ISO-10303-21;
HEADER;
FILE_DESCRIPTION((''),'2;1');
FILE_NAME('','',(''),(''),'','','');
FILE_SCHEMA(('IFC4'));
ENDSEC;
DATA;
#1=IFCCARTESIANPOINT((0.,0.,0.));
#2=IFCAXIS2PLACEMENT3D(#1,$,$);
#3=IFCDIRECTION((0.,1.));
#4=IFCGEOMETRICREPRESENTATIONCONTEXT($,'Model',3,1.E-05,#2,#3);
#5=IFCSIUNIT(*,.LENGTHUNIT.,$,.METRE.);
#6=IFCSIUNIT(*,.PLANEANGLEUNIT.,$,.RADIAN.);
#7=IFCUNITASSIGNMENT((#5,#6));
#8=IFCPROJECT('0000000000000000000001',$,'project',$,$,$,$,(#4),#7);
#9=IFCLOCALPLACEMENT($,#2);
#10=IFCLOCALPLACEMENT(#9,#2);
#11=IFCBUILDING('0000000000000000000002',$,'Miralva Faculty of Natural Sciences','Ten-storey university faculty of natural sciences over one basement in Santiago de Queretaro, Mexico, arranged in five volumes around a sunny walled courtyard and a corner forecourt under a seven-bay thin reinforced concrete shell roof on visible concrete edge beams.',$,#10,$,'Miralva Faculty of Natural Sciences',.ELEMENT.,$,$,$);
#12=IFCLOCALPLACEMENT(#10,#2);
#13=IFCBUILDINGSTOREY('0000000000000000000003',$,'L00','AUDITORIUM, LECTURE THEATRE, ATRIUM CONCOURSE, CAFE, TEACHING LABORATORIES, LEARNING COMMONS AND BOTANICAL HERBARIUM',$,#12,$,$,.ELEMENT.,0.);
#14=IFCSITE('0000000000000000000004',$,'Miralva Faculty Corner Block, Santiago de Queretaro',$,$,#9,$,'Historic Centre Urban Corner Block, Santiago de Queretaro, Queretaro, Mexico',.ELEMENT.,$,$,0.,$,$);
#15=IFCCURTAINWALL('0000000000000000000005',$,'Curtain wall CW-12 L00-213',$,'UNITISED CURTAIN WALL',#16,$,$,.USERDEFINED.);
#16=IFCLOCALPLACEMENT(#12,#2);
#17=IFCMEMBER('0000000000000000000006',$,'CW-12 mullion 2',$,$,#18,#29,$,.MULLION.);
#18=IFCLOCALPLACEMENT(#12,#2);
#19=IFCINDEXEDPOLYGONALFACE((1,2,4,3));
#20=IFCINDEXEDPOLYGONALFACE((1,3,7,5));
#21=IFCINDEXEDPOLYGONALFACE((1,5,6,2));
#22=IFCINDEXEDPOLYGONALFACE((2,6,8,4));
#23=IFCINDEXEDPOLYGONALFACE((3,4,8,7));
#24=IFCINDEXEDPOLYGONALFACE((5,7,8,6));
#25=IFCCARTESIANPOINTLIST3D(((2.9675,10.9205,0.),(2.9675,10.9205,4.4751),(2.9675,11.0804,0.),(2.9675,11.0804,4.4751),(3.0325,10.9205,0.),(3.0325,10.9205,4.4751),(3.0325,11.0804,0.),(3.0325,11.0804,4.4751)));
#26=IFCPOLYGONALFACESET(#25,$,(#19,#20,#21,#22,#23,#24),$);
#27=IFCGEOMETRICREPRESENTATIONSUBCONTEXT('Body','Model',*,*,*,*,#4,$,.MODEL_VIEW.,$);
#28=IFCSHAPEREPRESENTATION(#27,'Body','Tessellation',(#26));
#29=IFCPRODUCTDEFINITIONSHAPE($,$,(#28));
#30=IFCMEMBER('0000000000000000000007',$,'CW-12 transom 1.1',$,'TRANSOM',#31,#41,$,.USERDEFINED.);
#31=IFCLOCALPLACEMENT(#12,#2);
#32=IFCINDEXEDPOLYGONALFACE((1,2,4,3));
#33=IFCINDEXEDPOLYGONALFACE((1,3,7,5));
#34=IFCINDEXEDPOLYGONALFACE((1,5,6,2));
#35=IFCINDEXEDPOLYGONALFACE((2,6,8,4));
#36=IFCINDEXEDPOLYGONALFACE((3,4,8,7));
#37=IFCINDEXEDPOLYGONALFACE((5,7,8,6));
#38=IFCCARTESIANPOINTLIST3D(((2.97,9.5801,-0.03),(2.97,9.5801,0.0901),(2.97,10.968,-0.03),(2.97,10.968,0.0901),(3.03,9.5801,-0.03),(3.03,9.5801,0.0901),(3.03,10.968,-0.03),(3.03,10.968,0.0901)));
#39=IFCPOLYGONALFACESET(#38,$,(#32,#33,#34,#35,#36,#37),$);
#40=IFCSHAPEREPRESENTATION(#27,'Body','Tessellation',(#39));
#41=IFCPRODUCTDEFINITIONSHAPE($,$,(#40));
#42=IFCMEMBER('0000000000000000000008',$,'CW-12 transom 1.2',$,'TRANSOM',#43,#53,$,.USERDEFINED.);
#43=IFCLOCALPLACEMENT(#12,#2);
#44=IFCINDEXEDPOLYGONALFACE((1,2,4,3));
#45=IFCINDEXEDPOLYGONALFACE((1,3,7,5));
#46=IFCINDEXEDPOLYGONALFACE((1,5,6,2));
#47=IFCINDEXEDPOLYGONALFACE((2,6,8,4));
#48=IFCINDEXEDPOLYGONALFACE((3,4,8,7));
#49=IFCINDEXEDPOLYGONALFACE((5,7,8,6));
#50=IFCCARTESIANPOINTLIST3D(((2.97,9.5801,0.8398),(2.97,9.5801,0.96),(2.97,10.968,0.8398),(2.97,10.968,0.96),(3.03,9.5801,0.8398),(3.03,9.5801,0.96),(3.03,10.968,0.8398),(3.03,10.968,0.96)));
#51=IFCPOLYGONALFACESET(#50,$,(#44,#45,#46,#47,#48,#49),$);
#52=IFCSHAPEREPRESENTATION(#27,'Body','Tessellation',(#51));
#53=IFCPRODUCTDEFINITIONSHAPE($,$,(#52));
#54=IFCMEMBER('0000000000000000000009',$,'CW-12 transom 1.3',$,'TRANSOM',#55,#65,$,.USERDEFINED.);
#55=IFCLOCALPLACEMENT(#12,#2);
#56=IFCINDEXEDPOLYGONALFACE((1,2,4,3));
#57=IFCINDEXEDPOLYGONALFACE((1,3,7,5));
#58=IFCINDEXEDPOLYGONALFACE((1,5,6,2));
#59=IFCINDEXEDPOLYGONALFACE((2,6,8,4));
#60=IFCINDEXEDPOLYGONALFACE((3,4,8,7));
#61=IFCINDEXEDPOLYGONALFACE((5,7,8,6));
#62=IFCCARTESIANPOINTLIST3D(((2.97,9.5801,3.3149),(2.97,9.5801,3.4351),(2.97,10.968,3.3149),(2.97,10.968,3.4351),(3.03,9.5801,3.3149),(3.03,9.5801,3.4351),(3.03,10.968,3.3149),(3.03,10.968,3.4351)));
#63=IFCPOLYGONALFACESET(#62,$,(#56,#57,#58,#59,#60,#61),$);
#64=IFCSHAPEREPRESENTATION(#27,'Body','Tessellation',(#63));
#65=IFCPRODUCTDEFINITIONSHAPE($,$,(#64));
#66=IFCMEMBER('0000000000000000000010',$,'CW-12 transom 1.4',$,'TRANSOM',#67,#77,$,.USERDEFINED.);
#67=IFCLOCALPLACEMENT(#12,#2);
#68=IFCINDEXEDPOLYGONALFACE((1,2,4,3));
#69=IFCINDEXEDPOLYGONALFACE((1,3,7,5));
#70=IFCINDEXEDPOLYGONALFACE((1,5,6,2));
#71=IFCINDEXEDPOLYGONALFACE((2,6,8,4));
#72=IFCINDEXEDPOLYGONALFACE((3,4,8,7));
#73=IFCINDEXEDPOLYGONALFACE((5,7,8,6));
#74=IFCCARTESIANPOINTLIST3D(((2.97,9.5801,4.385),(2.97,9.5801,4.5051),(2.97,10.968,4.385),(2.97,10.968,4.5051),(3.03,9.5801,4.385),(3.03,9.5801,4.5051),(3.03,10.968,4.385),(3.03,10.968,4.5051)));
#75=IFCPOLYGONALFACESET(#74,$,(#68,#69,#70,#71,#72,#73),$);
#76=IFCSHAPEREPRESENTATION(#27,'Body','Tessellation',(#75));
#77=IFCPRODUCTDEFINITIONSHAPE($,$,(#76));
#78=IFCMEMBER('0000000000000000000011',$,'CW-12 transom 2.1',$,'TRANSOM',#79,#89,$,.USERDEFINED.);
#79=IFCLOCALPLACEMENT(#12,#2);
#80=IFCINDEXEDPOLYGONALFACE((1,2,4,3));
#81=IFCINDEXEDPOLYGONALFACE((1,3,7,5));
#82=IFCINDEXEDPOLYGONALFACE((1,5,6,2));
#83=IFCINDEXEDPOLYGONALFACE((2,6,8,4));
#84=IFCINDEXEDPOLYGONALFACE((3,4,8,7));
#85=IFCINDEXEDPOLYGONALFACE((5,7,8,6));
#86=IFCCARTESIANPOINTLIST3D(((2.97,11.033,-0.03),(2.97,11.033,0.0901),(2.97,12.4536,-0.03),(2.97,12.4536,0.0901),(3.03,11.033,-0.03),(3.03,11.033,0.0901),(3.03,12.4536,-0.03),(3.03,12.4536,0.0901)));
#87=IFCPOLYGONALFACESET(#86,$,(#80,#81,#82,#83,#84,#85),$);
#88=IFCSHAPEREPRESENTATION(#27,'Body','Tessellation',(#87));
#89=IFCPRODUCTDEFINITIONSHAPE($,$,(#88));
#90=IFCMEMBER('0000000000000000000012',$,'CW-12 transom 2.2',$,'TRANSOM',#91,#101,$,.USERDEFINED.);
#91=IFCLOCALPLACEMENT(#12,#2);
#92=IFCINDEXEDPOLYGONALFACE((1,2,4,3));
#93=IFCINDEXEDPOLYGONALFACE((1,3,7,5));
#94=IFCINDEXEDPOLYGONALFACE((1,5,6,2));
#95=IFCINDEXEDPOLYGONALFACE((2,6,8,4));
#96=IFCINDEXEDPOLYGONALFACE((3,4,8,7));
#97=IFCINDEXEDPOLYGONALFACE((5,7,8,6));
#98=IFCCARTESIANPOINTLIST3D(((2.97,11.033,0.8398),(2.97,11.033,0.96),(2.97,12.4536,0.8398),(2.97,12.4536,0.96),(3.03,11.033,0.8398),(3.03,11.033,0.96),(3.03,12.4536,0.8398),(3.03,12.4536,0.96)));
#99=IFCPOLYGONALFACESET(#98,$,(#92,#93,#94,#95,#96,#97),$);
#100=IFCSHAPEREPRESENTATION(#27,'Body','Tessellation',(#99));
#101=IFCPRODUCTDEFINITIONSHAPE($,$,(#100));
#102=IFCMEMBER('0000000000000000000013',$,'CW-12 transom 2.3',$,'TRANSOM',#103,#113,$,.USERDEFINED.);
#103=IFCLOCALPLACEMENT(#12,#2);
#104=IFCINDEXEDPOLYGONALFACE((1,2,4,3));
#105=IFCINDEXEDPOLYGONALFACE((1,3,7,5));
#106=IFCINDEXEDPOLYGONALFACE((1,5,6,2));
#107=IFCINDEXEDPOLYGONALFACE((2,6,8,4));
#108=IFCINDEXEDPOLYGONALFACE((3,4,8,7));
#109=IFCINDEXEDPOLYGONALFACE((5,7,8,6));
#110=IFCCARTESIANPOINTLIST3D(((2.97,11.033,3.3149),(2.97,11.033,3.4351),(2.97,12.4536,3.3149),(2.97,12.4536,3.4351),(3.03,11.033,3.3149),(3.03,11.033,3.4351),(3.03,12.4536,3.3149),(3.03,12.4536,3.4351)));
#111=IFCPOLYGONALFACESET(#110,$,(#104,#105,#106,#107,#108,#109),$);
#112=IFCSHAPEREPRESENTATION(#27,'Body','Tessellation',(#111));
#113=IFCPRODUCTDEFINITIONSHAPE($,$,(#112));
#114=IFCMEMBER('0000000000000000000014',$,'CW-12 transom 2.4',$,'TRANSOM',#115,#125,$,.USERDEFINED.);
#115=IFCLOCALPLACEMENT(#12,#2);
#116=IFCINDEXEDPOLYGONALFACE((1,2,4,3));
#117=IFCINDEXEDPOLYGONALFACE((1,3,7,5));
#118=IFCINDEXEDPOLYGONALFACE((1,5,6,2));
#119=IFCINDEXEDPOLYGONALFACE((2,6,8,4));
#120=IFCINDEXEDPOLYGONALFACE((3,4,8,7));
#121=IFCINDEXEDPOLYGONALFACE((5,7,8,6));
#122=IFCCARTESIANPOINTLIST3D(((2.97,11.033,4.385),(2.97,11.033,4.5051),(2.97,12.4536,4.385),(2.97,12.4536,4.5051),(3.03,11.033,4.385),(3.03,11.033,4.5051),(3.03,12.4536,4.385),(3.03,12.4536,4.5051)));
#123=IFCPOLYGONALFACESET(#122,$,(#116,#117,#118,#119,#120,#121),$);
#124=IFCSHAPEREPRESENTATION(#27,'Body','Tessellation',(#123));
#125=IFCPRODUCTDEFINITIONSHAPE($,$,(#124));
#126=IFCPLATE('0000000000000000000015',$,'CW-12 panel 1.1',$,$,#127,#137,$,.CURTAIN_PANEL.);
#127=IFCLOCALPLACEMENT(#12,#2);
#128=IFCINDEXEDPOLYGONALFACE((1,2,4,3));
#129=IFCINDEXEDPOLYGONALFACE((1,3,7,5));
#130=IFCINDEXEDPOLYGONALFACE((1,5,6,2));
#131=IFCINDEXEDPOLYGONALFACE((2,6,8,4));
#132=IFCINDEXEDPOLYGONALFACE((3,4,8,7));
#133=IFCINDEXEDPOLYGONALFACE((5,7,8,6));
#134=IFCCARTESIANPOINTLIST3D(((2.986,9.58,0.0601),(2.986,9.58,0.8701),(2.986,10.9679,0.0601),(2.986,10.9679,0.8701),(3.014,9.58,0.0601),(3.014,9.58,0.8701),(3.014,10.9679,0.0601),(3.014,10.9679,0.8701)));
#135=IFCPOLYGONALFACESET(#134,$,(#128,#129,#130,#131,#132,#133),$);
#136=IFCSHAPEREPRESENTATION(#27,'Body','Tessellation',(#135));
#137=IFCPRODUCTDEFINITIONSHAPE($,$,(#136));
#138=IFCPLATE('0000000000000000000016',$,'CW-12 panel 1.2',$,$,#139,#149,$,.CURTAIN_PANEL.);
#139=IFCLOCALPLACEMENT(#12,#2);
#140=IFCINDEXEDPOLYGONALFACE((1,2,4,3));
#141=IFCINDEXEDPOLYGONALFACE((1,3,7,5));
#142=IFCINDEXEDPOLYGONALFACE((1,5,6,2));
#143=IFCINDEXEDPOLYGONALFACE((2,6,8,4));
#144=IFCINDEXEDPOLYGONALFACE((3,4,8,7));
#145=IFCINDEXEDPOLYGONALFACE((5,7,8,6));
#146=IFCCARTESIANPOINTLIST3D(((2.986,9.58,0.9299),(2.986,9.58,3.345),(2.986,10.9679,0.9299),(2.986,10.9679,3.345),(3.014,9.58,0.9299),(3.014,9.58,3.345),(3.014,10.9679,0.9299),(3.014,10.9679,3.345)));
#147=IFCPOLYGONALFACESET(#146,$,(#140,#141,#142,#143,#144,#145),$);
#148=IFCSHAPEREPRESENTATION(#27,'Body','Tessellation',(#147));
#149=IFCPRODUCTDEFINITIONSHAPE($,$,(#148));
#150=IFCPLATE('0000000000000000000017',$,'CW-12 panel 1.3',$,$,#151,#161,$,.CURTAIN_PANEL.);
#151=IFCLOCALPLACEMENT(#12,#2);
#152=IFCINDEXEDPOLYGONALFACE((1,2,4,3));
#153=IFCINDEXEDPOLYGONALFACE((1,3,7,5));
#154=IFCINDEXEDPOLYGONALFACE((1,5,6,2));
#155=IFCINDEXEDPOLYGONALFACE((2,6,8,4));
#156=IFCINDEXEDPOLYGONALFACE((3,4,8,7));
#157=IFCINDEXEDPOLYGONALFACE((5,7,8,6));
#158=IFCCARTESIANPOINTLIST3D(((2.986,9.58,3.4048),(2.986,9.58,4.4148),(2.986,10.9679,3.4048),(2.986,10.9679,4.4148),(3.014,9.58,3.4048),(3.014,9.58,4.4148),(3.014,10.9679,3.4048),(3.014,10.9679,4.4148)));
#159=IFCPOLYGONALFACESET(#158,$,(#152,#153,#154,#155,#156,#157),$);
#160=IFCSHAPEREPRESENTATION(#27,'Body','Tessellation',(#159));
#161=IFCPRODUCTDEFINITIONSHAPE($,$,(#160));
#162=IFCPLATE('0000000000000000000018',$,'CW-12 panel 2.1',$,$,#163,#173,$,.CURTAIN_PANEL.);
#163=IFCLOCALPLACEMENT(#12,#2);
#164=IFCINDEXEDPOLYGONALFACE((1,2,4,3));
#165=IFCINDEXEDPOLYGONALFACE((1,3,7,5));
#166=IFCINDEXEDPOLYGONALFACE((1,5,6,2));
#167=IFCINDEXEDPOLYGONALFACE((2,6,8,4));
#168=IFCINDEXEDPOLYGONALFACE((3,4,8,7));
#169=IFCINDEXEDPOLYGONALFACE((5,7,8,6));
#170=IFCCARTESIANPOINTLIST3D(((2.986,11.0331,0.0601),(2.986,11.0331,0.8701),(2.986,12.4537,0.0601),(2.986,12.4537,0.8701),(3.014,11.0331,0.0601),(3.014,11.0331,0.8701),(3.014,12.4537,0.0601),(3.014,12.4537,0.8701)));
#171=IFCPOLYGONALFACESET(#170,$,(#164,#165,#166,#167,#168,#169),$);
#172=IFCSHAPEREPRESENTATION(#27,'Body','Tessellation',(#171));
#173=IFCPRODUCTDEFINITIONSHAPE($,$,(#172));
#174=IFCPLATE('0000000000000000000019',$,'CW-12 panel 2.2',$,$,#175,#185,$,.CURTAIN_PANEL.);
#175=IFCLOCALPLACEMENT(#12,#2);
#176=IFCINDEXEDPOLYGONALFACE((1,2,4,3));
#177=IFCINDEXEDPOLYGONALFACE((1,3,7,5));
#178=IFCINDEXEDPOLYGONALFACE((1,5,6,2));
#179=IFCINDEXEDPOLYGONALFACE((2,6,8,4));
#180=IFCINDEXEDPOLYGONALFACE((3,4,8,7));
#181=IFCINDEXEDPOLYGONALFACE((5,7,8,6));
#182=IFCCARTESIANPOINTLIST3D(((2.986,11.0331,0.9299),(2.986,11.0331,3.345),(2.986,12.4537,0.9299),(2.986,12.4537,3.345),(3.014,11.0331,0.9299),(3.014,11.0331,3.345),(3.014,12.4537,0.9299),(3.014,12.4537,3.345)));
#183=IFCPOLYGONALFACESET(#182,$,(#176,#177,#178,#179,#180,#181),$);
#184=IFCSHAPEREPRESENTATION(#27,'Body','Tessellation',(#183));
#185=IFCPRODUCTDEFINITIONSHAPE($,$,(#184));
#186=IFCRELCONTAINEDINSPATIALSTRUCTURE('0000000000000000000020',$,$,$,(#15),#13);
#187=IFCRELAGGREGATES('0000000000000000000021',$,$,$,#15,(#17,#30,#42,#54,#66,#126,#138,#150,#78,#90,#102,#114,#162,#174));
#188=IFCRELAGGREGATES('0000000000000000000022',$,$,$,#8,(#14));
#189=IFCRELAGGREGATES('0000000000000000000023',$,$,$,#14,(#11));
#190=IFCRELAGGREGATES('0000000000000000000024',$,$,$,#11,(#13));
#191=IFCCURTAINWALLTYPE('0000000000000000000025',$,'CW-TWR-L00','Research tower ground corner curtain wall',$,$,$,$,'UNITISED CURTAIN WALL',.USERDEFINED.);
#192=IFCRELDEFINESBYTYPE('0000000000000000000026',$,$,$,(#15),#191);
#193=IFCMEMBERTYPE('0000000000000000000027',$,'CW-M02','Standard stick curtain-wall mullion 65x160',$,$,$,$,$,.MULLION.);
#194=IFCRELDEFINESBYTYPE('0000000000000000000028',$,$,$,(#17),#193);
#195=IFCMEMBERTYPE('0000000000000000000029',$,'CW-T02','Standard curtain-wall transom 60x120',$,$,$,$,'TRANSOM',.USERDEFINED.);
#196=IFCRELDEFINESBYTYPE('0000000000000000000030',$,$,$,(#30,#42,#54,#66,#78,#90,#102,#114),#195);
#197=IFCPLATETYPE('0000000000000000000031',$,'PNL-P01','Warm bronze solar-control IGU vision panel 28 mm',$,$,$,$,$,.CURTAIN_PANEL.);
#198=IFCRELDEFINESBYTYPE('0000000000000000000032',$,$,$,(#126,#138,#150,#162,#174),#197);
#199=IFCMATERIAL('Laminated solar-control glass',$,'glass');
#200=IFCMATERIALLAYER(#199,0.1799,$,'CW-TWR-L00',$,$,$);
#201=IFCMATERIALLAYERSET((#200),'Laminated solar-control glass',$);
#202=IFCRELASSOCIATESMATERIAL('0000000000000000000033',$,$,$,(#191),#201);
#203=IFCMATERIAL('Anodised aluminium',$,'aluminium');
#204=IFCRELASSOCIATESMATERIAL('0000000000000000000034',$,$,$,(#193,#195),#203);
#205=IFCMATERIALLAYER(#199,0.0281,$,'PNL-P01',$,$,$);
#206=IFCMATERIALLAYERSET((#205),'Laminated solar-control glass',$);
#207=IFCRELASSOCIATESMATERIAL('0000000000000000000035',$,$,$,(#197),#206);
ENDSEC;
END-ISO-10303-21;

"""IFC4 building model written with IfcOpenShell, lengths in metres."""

from ifc_helpers import new_model, si_unit, direction, frame, origin, origin_2d, place, context, subcontext, project, spatial, rectangle, extrude, material, layer, layer_set, material_profile, profile_set, type_object, element, aggregate, save


model = new_model("IFC4")

# Units and contexts
model_context = context("Model", 3, precision=1e-05, world=origin(), true_north=direction((0.0, 1.0)))
body_context = subcontext(model_context, "Body", "Model", "MODEL_VIEW")
ifc_project = project(units=[si_unit("LENGTHUNIT", "METRE"), si_unit("PLANEANGLEUNIT", "RADIAN")], contexts=[model_context])

# Site, building, storey
site_placement = place(None, origin())
site = spatial("IfcSite", under=ifc_project, at=site_placement, Name="Miralva Faculty Corner Block, Santiago de Queretaro", LongName="Historic Centre Urban Corner Block, Santiago de Queretaro, Queretaro, Mexico", CompositionType="ELEMENT", RefElevation=0.0)
building_placement = place(site_placement, origin())
building = spatial("IfcBuilding", under=site, at=building_placement, Name="Miralva Faculty of Natural Sciences", Description="Ten-storey university faculty of natural sciences over one basement in Santiago de Queretaro, Mexico, arranged in five volumes around a sunny walled courtyard and a corner forecourt under a seven-bay thin reinforced concrete shell roof on visible concrete edge beams.", LongName="Miralva Faculty of Natural Sciences", CompositionType="ELEMENT")
storey_placement = place(building_placement, origin())
storey = spatial("IfcBuildingStorey", under=building, at=storey_placement, Name="L00", Description="AUDITORIUM, LECTURE THEATRE, ATRIUM CONCOURSE, CAFE, TEACHING LABORATORIES, LEARNING COMMONS AND BOTANICAL HERBARIUM", CompositionType="ELEMENT", Elevation=0.0)

# Curtain wall, members, plates
ifc_material_1 = material(Name="Laminated solar-control glass", Category="glass")
ifc_layer_1 = layer(ifc_material_1, 0.1799, Name="CW-TWR-L00")
ifc_layer_set_1 = layer_set([ifc_layer_1], Name="Laminated solar-control glass")
curtain_wall_type = type_object("IfcCurtainWallType", Name="CW-TWR-L00", Description="Research tower ground corner curtain wall", ElementType="UNITISED CURTAIN WALL", PredefinedType="USERDEFINED", material=ifc_layer_set_1)
curtain_wall_placement = place(storey_placement, origin())
curtain_wall = element("IfcCurtainWall", 1, at=curtain_wall_placement, inside=storey, type_object=curtain_wall_type, Name="Curtain wall CW-12 L00-213", ObjectType="UNITISED CURTAIN WALL", PredefinedType="USERDEFINED")
ifc_material_2 = material(Name="Anodised aluminium", Category="aluminium")
ifc_material_profile_1 = material_profile(ifc_material_2, rectangle(XDim=0.0649, YDim=0.1599, at=origin_2d()), Name="MULLION 65x160")
ifc_profile_set_1 = profile_set([ifc_material_profile_1], Name="Anodised aluminium")
member_type_1 = type_object("IfcMemberType", Name="CW-M02", Description="Standard stick curtain-wall mullion 65x160", PredefinedType="MULLION", material=ifc_profile_set_1)
member_1_placement = place(storey_placement, frame((3.0, 11.0005, 0.0), z_axis=(0.0, 0.0, 1.0), x_axis=(-1.0, 0.0, 0.0)))
member_1 = element("IfcMember", 2, at=member_1_placement, type_object=member_type_1, Name="CW-12 mullion 2", PredefinedType="MULLION", context=body_context, shape_type="SweptSolid", body=[
    extrude(rectangle(XDim=0.0649, YDim=0.1599, at=origin_2d()), origin(), (0.0, 0.0, 1.0), 4.4751),
])
ifc_material_profile_2 = material_profile(ifc_material_2, rectangle(XDim=0.0601, YDim=0.1201, at=origin_2d()), Name="TRANSOM 60x120")
ifc_profile_set_2 = profile_set([ifc_material_profile_2], Name="Anodised aluminium")
member_type_2 = type_object("IfcMemberType", Name="CW-T02", Description="Standard curtain-wall transom 60x120", ElementType="TRANSOM", PredefinedType="USERDEFINED", material=ifc_profile_set_2)
member_2_placement = place(storey_placement, frame((3.0, 9.5801, 0.03), z_axis=(0.0, 1.0, 0.0), x_axis=(-1.0, 0.0, 0.0)))
member_2 = element("IfcMember", 3, at=member_2_placement, type_object=member_type_2, Name="CW-12 transom 1.1", ObjectType="TRANSOM", PredefinedType="USERDEFINED", context=body_context, shape_type="SweptSolid", body=[
    extrude(rectangle(XDim=0.0601, YDim=0.1201, at=origin_2d()), origin(), (0.0, 0.0, 1.0), 1.3879),
])
member_3_placement = place(storey_placement, frame((3.0, 9.5801, 0.8999), z_axis=(0.0, 1.0, 0.0), x_axis=(-1.0, 0.0, 0.0)))
member_3 = element("IfcMember", 4, at=member_3_placement, type_object=member_type_2, Name="CW-12 transom 1.2", ObjectType="TRANSOM", PredefinedType="USERDEFINED", context=body_context, shape_type="SweptSolid", body=[
    extrude(rectangle(XDim=0.0601, YDim=0.1201, at=origin_2d()), origin(), (0.0, 0.0, 1.0), 1.3879),
])
member_4_placement = place(storey_placement, frame((3.0, 9.5801, 3.375), z_axis=(0.0, 1.0, 0.0), x_axis=(-1.0, 0.0, 0.0)))
member_4 = element("IfcMember", 5, at=member_4_placement, type_object=member_type_2, Name="CW-12 transom 1.3", ObjectType="TRANSOM", PredefinedType="USERDEFINED", context=body_context, shape_type="SweptSolid", body=[
    extrude(rectangle(XDim=0.0601, YDim=0.1201, at=origin_2d()), origin(), (0.0, 0.0, 1.0), 1.3879),
])
member_5_placement = place(storey_placement, frame((3.0, 9.5801, 4.4451), z_axis=(0.0, 1.0, 0.0), x_axis=(-1.0, 0.0, 0.0)))
member_5 = element("IfcMember", 6, at=member_5_placement, type_object=member_type_2, Name="CW-12 transom 1.4", ObjectType="TRANSOM", PredefinedType="USERDEFINED", context=body_context, shape_type="SweptSolid", body=[
    extrude(rectangle(XDim=0.0601, YDim=0.1201, at=origin_2d()), origin(), (0.0, 0.0, 1.0), 1.3879),
])
member_6_placement = place(storey_placement, frame((3.0, 11.033, 0.03), z_axis=(0.0, 1.0, 0.0), x_axis=(-1.0, 0.0, 0.0)))
member_6 = element("IfcMember", 7, at=member_6_placement, type_object=member_type_2, Name="CW-12 transom 2.1", ObjectType="TRANSOM", PredefinedType="USERDEFINED", context=body_context, shape_type="SweptSolid", body=[
    extrude(rectangle(XDim=0.0601, YDim=0.1201, at=origin_2d()), origin(), (0.0, 0.0, 1.0), 1.4207),
])
member_7_placement = place(storey_placement, frame((3.0, 11.033, 0.8999), z_axis=(0.0, 1.0, 0.0), x_axis=(-1.0, 0.0, 0.0)))
member_7 = element("IfcMember", 8, at=member_7_placement, type_object=member_type_2, Name="CW-12 transom 2.2", ObjectType="TRANSOM", PredefinedType="USERDEFINED", context=body_context, shape_type="SweptSolid", body=[
    extrude(rectangle(XDim=0.0601, YDim=0.1201, at=origin_2d()), origin(), (0.0, 0.0, 1.0), 1.4207),
])
member_8_placement = place(storey_placement, frame((3.0, 11.033, 3.375), z_axis=(0.0, 1.0, 0.0), x_axis=(-1.0, 0.0, 0.0)))
member_8 = element("IfcMember", 9, at=member_8_placement, type_object=member_type_2, Name="CW-12 transom 2.3", ObjectType="TRANSOM", PredefinedType="USERDEFINED", context=body_context, shape_type="SweptSolid", body=[
    extrude(rectangle(XDim=0.0601, YDim=0.1201, at=origin_2d()), origin(), (0.0, 0.0, 1.0), 1.4207),
])
member_9_placement = place(storey_placement, frame((3.0, 11.033, 4.4451), z_axis=(0.0, 1.0, 0.0), x_axis=(-1.0, 0.0, 0.0)))
member_9 = element("IfcMember", 10, at=member_9_placement, type_object=member_type_2, Name="CW-12 transom 2.4", ObjectType="TRANSOM", PredefinedType="USERDEFINED", context=body_context, shape_type="SweptSolid", body=[
    extrude(rectangle(XDim=0.0601, YDim=0.1201, at=origin_2d()), origin(), (0.0, 0.0, 1.0), 1.4207),
])
ifc_layer_2 = layer(ifc_material_1, 0.0281, Name="PNL-P01")
ifc_layer_set_2 = layer_set([ifc_layer_2], Name="Laminated solar-control glass")
plate_type = type_object("IfcPlateType", Name="PNL-P01", Description="Warm bronze solar-control IGU vision panel 28 mm", PredefinedType="CURTAIN_PANEL", material=ifc_layer_set_2)
plate_1_placement = place(storey_placement, frame((3.0, 10.2739, 0.0601), z_axis=(0.0, 0.0, 1.0), x_axis=(0.0, 1.0, 0.0)))
plate_1 = element("IfcPlate", 11, at=plate_1_placement, type_object=plate_type, Name="CW-12 panel 1.1", PredefinedType="CURTAIN_PANEL", context=body_context, shape_type="SweptSolid", body=[
    extrude(rectangle(XDim=1.3879, YDim=0.0281, at=origin_2d()), origin(), (0.0, 0.0, 1.0), 0.8101),
])
plate_2_placement = place(storey_placement, frame((3.0, 10.2739, 0.9299), z_axis=(0.0, 0.0, 1.0), x_axis=(0.0, 1.0, 0.0)))
plate_2 = element("IfcPlate", 12, at=plate_2_placement, type_object=plate_type, Name="CW-12 panel 1.2", PredefinedType="CURTAIN_PANEL", context=body_context, shape_type="SweptSolid", body=[
    extrude(rectangle(XDim=1.3879, YDim=0.0281, at=origin_2d()), origin(), (0.0, 0.0, 1.0), 2.415),
])
plate_3_placement = place(storey_placement, frame((3.0, 10.2739, 3.4048), z_axis=(0.0, 0.0, 1.0), x_axis=(0.0, 1.0, 0.0)))
plate_3 = element("IfcPlate", 13, at=plate_3_placement, type_object=plate_type, Name="CW-12 panel 1.3", PredefinedType="CURTAIN_PANEL", context=body_context, shape_type="SweptSolid", body=[
    extrude(rectangle(XDim=1.3879, YDim=0.0281, at=origin_2d()), origin(), (0.0, 0.0, 1.0), 1.01),
])
plate_4_placement = place(storey_placement, frame((3.0, 11.7434, 0.0601), z_axis=(0.0, 0.0, 1.0), x_axis=(0.0, 1.0, 0.0)))
plate_4 = element("IfcPlate", 14, at=plate_4_placement, type_object=plate_type, Name="CW-12 panel 2.1", PredefinedType="CURTAIN_PANEL", context=body_context, shape_type="SweptSolid", body=[
    extrude(rectangle(XDim=1.4207, YDim=0.0281, at=origin_2d()), origin(), (0.0, 0.0, 1.0), 0.8101),
])
plate_5_placement = place(storey_placement, frame((3.0, 11.7434, 0.9299), z_axis=(0.0, 0.0, 1.0), x_axis=(0.0, 1.0, 0.0)))
plate_5 = element("IfcPlate", 15, at=plate_5_placement, type_object=plate_type, Name="CW-12 panel 2.2", PredefinedType="CURTAIN_PANEL", context=body_context, shape_type="SweptSolid", body=[
    extrude(rectangle(XDim=1.4207, YDim=0.0281, at=origin_2d()), origin(), (0.0, 0.0, 1.0), 2.415),
])
aggregate(curtain_wall, [member_1, member_2, member_3, member_4, member_5, plate_1, plate_2, plate_3, member_6, member_7, member_8, member_9, plate_4, plate_5])

save(model, "model.ifc")
